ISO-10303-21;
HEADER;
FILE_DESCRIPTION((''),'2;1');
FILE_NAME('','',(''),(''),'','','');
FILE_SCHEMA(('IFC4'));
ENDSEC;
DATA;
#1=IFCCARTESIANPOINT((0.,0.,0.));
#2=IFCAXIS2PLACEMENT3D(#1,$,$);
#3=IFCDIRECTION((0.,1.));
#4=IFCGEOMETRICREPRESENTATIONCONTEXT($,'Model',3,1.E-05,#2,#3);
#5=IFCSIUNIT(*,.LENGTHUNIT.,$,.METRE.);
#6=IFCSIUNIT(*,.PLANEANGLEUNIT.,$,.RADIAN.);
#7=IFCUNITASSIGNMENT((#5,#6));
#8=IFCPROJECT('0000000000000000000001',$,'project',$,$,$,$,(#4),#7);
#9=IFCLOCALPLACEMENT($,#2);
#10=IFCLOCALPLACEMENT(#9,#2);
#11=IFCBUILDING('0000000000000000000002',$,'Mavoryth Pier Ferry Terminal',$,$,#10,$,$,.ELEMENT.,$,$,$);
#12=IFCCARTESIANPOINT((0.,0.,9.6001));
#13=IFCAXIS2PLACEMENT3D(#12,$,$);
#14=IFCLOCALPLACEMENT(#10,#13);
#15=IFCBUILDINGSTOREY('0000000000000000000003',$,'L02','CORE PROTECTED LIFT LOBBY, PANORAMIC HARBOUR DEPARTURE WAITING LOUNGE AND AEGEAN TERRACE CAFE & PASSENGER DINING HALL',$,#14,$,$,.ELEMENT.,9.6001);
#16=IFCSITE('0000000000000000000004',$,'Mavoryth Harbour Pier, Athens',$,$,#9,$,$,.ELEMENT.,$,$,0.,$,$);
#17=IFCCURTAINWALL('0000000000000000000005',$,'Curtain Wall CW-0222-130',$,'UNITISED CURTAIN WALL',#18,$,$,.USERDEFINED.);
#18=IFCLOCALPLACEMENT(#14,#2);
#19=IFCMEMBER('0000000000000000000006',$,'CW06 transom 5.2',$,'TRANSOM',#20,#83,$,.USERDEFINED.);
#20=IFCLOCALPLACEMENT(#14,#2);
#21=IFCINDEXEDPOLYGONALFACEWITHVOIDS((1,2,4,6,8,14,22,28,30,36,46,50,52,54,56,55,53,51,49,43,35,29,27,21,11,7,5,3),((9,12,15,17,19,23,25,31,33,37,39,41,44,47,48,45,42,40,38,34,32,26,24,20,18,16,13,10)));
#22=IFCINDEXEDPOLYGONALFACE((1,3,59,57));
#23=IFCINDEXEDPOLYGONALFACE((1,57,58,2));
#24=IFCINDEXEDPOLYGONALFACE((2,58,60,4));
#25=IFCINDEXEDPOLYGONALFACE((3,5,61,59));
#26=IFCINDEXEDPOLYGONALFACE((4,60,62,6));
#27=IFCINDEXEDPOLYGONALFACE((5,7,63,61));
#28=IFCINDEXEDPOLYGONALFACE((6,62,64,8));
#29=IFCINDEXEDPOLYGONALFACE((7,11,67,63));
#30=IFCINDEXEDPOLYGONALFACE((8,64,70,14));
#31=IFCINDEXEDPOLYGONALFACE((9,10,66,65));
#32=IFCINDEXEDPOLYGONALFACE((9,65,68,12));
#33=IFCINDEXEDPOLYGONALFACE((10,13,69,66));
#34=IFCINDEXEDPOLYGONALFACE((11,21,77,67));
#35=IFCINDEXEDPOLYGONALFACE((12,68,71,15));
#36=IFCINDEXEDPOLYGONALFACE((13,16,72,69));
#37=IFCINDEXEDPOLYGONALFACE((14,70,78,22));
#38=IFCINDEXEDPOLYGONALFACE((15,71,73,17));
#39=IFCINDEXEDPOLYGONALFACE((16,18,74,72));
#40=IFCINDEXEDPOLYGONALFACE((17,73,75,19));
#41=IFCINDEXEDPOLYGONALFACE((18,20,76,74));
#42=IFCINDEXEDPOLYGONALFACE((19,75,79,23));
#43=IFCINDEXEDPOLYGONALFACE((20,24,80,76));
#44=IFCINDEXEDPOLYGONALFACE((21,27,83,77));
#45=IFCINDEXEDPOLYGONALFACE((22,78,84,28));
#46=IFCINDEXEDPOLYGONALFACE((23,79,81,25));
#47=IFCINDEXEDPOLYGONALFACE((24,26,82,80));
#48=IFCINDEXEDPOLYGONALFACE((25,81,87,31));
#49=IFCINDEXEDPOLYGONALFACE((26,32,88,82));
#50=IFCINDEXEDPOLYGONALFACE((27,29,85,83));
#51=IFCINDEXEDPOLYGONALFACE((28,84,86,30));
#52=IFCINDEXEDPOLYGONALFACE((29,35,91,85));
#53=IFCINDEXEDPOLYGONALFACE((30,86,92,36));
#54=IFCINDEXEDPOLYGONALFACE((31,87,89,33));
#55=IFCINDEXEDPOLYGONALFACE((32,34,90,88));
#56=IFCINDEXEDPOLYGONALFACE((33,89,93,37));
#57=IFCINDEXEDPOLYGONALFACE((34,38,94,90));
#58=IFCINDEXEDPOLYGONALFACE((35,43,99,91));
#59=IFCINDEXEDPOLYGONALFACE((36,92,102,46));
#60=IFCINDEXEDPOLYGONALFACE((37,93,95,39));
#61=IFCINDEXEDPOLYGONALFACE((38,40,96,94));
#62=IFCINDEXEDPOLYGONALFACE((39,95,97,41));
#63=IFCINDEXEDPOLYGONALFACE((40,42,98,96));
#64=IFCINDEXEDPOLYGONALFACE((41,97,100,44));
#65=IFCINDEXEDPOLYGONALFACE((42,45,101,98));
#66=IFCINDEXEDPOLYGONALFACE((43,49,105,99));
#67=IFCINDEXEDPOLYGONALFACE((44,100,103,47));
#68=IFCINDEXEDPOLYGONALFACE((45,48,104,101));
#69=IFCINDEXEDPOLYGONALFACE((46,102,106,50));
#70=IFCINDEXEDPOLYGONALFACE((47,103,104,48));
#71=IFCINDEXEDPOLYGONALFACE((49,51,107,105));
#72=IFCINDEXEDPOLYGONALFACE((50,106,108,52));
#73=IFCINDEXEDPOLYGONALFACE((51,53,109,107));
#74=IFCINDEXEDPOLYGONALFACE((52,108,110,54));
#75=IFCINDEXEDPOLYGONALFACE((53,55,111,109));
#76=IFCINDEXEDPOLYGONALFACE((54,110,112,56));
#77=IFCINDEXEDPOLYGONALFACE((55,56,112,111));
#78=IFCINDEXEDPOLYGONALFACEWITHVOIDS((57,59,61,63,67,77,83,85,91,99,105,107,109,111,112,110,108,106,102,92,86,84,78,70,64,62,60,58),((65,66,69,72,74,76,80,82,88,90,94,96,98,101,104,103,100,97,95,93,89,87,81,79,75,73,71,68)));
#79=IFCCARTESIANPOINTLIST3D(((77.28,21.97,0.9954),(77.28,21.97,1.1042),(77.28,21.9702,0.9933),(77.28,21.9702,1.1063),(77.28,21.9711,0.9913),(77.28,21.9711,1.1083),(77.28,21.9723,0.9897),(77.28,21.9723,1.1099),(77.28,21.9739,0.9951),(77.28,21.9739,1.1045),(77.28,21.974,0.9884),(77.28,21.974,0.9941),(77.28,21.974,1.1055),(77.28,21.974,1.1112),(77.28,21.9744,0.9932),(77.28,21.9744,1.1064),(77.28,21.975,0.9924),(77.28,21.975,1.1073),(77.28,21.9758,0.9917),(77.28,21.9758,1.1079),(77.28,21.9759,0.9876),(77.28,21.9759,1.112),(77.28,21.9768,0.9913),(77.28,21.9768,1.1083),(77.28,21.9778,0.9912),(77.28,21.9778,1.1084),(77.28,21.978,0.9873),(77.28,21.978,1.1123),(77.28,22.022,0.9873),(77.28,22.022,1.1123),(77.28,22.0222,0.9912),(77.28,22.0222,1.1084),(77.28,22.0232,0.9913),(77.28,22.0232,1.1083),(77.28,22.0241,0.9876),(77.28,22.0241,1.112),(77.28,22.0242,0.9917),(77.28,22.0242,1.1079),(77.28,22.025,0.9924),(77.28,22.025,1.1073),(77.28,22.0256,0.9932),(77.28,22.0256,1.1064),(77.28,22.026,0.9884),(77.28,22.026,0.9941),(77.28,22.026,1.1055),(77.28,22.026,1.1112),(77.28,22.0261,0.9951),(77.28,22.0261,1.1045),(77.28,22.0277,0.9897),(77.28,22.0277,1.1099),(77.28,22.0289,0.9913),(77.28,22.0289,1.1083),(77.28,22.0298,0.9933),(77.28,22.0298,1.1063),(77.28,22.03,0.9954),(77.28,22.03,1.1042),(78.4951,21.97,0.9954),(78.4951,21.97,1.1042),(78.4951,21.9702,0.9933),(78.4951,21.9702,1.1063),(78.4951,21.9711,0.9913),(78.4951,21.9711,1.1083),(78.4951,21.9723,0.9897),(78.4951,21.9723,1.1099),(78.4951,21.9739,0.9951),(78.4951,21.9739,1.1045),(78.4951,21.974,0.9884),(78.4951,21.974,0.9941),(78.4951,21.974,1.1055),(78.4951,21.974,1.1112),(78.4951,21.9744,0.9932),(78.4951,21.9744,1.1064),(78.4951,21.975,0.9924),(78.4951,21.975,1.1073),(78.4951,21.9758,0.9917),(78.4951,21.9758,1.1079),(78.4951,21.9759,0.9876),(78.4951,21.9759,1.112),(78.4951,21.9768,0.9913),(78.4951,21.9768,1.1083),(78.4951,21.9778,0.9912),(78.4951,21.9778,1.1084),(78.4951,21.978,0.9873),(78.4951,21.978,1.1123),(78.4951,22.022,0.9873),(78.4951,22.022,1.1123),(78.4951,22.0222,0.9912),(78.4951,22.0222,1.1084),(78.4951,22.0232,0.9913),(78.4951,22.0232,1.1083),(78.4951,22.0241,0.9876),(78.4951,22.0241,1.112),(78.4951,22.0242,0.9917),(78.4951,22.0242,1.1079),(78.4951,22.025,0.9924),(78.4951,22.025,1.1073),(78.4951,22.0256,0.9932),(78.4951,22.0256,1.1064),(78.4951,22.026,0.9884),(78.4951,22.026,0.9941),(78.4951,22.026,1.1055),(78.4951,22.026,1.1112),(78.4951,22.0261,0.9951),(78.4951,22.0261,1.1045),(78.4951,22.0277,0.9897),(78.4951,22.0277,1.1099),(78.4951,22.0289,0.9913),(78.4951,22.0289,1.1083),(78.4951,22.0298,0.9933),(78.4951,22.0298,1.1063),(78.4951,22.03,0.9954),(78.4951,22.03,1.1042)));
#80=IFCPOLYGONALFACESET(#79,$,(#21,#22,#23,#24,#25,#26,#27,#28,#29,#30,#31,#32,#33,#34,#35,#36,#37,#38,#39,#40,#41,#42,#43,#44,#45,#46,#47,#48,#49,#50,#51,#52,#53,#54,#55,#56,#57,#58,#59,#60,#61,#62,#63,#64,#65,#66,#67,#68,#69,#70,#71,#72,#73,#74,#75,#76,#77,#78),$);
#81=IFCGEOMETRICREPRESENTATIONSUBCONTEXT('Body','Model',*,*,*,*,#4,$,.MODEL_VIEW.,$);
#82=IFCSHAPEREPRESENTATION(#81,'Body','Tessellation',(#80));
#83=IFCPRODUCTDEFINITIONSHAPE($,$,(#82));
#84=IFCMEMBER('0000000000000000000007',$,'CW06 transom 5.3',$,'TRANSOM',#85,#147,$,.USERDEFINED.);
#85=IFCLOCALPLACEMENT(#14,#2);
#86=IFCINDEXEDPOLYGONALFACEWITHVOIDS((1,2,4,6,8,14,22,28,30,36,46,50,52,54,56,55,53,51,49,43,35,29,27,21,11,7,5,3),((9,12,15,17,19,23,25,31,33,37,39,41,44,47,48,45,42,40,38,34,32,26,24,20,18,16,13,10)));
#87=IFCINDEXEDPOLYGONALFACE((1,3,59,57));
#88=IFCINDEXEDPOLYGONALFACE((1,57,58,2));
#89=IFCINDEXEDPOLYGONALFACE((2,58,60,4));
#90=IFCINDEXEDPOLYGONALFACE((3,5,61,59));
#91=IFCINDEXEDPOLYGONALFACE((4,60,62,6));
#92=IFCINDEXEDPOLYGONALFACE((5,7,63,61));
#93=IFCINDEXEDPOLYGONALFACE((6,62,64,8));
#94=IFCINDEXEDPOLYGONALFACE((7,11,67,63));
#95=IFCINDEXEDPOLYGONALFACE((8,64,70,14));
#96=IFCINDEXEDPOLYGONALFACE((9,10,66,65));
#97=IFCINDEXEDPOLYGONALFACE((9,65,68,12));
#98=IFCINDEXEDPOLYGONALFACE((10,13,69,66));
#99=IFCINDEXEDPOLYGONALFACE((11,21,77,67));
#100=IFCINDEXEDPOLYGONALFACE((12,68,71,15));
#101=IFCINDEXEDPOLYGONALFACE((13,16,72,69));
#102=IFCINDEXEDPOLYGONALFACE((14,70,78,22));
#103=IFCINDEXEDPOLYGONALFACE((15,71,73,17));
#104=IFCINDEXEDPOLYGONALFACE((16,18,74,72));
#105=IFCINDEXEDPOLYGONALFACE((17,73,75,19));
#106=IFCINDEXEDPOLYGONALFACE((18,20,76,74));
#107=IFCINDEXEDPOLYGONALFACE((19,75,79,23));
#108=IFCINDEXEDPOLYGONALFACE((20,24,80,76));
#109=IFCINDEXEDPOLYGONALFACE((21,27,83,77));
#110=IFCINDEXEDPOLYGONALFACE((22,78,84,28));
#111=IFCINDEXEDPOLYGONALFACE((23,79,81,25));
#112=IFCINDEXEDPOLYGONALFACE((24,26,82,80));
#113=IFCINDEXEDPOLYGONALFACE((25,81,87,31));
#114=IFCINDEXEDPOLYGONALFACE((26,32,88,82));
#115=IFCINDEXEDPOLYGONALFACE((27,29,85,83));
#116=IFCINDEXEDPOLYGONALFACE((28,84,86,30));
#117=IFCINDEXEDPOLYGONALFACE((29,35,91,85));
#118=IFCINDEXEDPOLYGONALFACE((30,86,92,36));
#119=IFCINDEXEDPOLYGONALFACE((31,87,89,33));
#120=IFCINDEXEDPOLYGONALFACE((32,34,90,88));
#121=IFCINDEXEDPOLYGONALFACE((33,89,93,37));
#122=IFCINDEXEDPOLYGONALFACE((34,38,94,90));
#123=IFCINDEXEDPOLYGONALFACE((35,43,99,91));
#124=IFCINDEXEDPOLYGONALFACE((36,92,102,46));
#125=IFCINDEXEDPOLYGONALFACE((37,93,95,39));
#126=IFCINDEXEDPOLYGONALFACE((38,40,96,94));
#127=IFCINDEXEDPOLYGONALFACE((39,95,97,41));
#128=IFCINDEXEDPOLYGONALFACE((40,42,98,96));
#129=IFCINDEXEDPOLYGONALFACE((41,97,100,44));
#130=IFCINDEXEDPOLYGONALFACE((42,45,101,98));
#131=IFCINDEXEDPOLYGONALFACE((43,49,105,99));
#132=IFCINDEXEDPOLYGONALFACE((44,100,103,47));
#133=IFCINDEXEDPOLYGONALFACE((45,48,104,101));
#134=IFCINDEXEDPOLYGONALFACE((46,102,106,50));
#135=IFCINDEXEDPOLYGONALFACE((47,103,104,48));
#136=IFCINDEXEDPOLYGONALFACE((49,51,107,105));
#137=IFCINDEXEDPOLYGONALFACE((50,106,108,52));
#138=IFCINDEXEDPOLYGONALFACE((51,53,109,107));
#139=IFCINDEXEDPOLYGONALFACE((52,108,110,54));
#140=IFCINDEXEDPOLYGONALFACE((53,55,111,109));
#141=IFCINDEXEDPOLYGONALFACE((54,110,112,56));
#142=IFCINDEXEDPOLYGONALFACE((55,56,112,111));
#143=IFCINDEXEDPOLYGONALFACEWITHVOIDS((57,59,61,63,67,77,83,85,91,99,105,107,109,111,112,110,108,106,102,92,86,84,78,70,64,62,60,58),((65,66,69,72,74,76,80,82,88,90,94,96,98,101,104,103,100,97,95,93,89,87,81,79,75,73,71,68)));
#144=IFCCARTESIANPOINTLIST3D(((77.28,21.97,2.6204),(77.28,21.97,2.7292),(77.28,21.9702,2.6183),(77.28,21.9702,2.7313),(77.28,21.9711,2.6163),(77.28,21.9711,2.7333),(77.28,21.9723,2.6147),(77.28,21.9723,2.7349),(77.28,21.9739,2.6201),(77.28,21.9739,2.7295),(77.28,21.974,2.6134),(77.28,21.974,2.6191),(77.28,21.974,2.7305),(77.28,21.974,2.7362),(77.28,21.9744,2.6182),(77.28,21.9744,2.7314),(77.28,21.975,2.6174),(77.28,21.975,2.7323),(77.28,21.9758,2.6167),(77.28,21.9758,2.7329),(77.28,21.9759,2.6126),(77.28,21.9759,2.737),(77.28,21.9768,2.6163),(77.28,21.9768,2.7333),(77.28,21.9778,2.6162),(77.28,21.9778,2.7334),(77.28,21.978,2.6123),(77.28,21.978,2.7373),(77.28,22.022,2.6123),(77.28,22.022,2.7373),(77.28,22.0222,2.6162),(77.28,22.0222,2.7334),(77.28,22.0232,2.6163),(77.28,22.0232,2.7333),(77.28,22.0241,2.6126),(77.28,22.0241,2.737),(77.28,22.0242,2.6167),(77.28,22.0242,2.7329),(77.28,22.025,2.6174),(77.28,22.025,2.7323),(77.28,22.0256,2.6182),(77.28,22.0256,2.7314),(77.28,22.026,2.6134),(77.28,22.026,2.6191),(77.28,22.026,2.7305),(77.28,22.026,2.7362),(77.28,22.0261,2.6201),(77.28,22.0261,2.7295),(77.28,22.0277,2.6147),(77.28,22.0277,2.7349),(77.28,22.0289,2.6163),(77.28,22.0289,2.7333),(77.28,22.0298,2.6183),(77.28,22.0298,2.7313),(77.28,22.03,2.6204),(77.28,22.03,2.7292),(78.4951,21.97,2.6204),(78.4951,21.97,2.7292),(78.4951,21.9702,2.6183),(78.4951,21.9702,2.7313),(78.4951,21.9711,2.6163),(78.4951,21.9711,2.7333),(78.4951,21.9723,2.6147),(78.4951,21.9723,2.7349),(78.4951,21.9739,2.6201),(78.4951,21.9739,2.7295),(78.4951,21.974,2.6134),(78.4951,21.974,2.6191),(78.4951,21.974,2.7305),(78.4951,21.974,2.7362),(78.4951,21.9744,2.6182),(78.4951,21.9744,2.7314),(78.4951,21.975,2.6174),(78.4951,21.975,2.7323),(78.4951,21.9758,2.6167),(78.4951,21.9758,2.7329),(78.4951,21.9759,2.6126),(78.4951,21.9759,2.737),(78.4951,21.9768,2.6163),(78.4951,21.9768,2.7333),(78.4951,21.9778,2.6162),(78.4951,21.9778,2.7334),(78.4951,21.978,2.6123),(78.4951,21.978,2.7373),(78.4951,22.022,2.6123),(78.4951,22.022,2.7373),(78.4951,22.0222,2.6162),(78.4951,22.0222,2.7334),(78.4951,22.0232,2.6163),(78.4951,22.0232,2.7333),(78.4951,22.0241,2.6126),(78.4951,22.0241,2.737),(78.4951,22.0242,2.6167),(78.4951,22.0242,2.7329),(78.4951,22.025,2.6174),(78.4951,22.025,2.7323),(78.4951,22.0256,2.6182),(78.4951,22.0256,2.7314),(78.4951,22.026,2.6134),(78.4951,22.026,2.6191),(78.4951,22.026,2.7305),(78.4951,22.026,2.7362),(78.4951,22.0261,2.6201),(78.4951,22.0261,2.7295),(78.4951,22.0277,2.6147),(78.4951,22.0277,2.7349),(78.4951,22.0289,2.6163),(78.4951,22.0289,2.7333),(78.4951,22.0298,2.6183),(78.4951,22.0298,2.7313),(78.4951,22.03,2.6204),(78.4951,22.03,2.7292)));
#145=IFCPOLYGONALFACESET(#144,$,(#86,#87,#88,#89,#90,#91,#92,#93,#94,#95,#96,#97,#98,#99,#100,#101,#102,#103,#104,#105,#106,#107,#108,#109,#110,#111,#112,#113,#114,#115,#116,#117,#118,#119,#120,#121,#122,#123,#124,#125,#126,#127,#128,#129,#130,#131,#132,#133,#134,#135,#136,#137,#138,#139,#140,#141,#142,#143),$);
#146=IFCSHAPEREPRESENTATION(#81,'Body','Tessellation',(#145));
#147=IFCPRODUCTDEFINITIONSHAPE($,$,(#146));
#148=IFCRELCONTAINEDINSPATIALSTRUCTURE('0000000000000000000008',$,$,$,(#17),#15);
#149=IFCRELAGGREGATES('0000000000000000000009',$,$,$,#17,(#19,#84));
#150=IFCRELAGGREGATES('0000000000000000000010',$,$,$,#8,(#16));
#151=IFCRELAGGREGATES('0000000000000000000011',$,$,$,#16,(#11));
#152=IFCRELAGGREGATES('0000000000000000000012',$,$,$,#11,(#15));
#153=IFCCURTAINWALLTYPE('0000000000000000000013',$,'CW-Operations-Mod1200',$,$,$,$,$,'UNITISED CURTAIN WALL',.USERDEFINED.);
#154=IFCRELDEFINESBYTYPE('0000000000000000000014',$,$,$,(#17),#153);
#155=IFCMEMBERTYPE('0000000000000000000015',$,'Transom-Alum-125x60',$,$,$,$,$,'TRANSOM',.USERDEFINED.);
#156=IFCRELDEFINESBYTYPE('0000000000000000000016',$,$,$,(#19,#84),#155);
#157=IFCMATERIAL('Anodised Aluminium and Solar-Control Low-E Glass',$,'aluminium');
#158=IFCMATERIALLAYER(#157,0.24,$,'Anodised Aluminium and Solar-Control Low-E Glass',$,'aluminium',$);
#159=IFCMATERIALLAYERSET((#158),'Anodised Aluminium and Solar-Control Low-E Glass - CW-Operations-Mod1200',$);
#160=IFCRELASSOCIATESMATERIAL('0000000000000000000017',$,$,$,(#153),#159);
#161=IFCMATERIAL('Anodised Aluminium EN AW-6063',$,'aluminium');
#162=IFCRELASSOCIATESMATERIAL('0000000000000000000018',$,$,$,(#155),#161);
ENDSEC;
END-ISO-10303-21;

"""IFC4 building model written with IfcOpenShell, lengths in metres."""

from ifc_helpers import new_model, si_unit, direction, frame, origin, origin_2d, place, context, subcontext, project, spatial, hollow_rectangle, extrude, material, layer, layer_set, material_profile, profile_set, type_object, element, aggregate, save


model = new_model("IFC4")

# Units and contexts
model_context = context("Model", 3, precision=1e-05, world=origin(), true_north=direction((0.0, 1.0)))
body_context = subcontext(model_context, "Body", "Model", "MODEL_VIEW")
ifc_project = project(units=[si_unit("LENGTHUNIT", "METRE"), si_unit("PLANEANGLEUNIT", "RADIAN")], contexts=[model_context])

# Site, building, storey
site_placement = place(None, origin())
site = spatial("IfcSite", under=ifc_project, at=site_placement, Name="Mavoryth Harbour Pier, Athens", CompositionType="ELEMENT", RefElevation=0.0)
building_placement = place(site_placement, origin())
building = spatial("IfcBuilding", under=site, at=building_placement, Name="Mavoryth Pier Ferry Terminal", CompositionType="ELEMENT")
storey_placement = place(building_placement, frame((0.0, 0.0, 9.6001)))
storey = spatial("IfcBuildingStorey", under=building, at=storey_placement, Name="L02", Description="CORE PROTECTED LIFT LOBBY, PANORAMIC HARBOUR DEPARTURE WAITING LOUNGE AND AEGEAN TERRACE CAFE & PASSENGER DINING HALL", CompositionType="ELEMENT", Elevation=9.6001)

# Curtain wall
ifc_material_1 = material(Name="Anodised Aluminium and Solar-Control Low-E Glass", Category="aluminium")
ifc_layer_1 = layer(ifc_material_1, 0.24, Name="Anodised Aluminium and Solar-Control Low-E Glass", Category="aluminium")
ifc_layer_set_1 = layer_set([ifc_layer_1], Name="Anodised Aluminium and Solar-Control Low-E Glass - CW-Operations-Mod1200")
curtain_wall_type = type_object("IfcCurtainWallType", Name="CW-Operations-Mod1200", ElementType="UNITISED CURTAIN WALL", PredefinedType="USERDEFINED", material=ifc_layer_set_1)
ifc_material_2 = material(Name="Anodised Aluminium EN AW-6063", Category="aluminium")
curtain_wall_1_placement = place(storey_placement, origin())
curtain_wall_1 = element("IfcCurtainWall", 1, at=curtain_wall_1_placement, inside=storey, type_object=curtain_wall_type, Name="Curtain Wall CW-0222-130", ObjectType="UNITISED CURTAIN WALL", PredefinedType="USERDEFINED")

# Members
ifc_material_profile_1 = material_profile(ifc_material_2, hollow_rectangle(XDim=0.0601, YDim=0.125, WallThickness=0.0039, InnerFilletRadius=0.0039, OuterFilletRadius=0.0081, at=origin_2d()), Name="AL-TRAN 125x60x4", Category="aluminium")
ifc_profile_set_1 = profile_set([ifc_material_profile_1], Name="Anodised Aluminium EN AW-6063 - AL-TRAN 125x60x4")
member_type_1 = type_object("IfcMemberType", Name="Transom-Alum-125x60", ElementType="TRANSOM", PredefinedType="USERDEFINED", material=ifc_profile_set_1)
member_1_placement = place(storey_placement, frame((78.4951, 22.0, 1.0498), z_axis=(-1.0, 0.0, 0.0), x_axis=(0.0, -1.0, 0.0)))
member_1 = element("IfcMember", 2, at=member_1_placement, type_object=member_type_1, Name="CW06 transom 5.2", ObjectType="TRANSOM", PredefinedType="USERDEFINED", context=body_context, shape_type="SweptSolid", body=[
    extrude(hollow_rectangle(XDim=0.0601, YDim=0.125, WallThickness=0.0039, InnerFilletRadius=0.0039, OuterFilletRadius=0.0081, at=origin_2d()), origin(), (0.0, 0.0, 1.0), 1.2151),
])
member_2_placement = place(storey_placement, frame((78.4951, 22.0, 2.6748), z_axis=(-1.0, 0.0, 0.0), x_axis=(0.0, -1.0, 0.0)))
member_2 = element("IfcMember", 3, at=member_2_placement, type_object=member_type_1, Name="CW06 transom 5.3", ObjectType="TRANSOM", PredefinedType="USERDEFINED", context=body_context, shape_type="SweptSolid", body=[
    extrude(hollow_rectangle(XDim=0.0601, YDim=0.125, WallThickness=0.0039, InnerFilletRadius=0.0039, OuterFilletRadius=0.0081, at=origin_2d()), origin(), (0.0, 0.0, 1.0), 1.2151),
])

aggregate(curtain_wall_1, [member_1, member_2])

save(model, "model.ifc")
